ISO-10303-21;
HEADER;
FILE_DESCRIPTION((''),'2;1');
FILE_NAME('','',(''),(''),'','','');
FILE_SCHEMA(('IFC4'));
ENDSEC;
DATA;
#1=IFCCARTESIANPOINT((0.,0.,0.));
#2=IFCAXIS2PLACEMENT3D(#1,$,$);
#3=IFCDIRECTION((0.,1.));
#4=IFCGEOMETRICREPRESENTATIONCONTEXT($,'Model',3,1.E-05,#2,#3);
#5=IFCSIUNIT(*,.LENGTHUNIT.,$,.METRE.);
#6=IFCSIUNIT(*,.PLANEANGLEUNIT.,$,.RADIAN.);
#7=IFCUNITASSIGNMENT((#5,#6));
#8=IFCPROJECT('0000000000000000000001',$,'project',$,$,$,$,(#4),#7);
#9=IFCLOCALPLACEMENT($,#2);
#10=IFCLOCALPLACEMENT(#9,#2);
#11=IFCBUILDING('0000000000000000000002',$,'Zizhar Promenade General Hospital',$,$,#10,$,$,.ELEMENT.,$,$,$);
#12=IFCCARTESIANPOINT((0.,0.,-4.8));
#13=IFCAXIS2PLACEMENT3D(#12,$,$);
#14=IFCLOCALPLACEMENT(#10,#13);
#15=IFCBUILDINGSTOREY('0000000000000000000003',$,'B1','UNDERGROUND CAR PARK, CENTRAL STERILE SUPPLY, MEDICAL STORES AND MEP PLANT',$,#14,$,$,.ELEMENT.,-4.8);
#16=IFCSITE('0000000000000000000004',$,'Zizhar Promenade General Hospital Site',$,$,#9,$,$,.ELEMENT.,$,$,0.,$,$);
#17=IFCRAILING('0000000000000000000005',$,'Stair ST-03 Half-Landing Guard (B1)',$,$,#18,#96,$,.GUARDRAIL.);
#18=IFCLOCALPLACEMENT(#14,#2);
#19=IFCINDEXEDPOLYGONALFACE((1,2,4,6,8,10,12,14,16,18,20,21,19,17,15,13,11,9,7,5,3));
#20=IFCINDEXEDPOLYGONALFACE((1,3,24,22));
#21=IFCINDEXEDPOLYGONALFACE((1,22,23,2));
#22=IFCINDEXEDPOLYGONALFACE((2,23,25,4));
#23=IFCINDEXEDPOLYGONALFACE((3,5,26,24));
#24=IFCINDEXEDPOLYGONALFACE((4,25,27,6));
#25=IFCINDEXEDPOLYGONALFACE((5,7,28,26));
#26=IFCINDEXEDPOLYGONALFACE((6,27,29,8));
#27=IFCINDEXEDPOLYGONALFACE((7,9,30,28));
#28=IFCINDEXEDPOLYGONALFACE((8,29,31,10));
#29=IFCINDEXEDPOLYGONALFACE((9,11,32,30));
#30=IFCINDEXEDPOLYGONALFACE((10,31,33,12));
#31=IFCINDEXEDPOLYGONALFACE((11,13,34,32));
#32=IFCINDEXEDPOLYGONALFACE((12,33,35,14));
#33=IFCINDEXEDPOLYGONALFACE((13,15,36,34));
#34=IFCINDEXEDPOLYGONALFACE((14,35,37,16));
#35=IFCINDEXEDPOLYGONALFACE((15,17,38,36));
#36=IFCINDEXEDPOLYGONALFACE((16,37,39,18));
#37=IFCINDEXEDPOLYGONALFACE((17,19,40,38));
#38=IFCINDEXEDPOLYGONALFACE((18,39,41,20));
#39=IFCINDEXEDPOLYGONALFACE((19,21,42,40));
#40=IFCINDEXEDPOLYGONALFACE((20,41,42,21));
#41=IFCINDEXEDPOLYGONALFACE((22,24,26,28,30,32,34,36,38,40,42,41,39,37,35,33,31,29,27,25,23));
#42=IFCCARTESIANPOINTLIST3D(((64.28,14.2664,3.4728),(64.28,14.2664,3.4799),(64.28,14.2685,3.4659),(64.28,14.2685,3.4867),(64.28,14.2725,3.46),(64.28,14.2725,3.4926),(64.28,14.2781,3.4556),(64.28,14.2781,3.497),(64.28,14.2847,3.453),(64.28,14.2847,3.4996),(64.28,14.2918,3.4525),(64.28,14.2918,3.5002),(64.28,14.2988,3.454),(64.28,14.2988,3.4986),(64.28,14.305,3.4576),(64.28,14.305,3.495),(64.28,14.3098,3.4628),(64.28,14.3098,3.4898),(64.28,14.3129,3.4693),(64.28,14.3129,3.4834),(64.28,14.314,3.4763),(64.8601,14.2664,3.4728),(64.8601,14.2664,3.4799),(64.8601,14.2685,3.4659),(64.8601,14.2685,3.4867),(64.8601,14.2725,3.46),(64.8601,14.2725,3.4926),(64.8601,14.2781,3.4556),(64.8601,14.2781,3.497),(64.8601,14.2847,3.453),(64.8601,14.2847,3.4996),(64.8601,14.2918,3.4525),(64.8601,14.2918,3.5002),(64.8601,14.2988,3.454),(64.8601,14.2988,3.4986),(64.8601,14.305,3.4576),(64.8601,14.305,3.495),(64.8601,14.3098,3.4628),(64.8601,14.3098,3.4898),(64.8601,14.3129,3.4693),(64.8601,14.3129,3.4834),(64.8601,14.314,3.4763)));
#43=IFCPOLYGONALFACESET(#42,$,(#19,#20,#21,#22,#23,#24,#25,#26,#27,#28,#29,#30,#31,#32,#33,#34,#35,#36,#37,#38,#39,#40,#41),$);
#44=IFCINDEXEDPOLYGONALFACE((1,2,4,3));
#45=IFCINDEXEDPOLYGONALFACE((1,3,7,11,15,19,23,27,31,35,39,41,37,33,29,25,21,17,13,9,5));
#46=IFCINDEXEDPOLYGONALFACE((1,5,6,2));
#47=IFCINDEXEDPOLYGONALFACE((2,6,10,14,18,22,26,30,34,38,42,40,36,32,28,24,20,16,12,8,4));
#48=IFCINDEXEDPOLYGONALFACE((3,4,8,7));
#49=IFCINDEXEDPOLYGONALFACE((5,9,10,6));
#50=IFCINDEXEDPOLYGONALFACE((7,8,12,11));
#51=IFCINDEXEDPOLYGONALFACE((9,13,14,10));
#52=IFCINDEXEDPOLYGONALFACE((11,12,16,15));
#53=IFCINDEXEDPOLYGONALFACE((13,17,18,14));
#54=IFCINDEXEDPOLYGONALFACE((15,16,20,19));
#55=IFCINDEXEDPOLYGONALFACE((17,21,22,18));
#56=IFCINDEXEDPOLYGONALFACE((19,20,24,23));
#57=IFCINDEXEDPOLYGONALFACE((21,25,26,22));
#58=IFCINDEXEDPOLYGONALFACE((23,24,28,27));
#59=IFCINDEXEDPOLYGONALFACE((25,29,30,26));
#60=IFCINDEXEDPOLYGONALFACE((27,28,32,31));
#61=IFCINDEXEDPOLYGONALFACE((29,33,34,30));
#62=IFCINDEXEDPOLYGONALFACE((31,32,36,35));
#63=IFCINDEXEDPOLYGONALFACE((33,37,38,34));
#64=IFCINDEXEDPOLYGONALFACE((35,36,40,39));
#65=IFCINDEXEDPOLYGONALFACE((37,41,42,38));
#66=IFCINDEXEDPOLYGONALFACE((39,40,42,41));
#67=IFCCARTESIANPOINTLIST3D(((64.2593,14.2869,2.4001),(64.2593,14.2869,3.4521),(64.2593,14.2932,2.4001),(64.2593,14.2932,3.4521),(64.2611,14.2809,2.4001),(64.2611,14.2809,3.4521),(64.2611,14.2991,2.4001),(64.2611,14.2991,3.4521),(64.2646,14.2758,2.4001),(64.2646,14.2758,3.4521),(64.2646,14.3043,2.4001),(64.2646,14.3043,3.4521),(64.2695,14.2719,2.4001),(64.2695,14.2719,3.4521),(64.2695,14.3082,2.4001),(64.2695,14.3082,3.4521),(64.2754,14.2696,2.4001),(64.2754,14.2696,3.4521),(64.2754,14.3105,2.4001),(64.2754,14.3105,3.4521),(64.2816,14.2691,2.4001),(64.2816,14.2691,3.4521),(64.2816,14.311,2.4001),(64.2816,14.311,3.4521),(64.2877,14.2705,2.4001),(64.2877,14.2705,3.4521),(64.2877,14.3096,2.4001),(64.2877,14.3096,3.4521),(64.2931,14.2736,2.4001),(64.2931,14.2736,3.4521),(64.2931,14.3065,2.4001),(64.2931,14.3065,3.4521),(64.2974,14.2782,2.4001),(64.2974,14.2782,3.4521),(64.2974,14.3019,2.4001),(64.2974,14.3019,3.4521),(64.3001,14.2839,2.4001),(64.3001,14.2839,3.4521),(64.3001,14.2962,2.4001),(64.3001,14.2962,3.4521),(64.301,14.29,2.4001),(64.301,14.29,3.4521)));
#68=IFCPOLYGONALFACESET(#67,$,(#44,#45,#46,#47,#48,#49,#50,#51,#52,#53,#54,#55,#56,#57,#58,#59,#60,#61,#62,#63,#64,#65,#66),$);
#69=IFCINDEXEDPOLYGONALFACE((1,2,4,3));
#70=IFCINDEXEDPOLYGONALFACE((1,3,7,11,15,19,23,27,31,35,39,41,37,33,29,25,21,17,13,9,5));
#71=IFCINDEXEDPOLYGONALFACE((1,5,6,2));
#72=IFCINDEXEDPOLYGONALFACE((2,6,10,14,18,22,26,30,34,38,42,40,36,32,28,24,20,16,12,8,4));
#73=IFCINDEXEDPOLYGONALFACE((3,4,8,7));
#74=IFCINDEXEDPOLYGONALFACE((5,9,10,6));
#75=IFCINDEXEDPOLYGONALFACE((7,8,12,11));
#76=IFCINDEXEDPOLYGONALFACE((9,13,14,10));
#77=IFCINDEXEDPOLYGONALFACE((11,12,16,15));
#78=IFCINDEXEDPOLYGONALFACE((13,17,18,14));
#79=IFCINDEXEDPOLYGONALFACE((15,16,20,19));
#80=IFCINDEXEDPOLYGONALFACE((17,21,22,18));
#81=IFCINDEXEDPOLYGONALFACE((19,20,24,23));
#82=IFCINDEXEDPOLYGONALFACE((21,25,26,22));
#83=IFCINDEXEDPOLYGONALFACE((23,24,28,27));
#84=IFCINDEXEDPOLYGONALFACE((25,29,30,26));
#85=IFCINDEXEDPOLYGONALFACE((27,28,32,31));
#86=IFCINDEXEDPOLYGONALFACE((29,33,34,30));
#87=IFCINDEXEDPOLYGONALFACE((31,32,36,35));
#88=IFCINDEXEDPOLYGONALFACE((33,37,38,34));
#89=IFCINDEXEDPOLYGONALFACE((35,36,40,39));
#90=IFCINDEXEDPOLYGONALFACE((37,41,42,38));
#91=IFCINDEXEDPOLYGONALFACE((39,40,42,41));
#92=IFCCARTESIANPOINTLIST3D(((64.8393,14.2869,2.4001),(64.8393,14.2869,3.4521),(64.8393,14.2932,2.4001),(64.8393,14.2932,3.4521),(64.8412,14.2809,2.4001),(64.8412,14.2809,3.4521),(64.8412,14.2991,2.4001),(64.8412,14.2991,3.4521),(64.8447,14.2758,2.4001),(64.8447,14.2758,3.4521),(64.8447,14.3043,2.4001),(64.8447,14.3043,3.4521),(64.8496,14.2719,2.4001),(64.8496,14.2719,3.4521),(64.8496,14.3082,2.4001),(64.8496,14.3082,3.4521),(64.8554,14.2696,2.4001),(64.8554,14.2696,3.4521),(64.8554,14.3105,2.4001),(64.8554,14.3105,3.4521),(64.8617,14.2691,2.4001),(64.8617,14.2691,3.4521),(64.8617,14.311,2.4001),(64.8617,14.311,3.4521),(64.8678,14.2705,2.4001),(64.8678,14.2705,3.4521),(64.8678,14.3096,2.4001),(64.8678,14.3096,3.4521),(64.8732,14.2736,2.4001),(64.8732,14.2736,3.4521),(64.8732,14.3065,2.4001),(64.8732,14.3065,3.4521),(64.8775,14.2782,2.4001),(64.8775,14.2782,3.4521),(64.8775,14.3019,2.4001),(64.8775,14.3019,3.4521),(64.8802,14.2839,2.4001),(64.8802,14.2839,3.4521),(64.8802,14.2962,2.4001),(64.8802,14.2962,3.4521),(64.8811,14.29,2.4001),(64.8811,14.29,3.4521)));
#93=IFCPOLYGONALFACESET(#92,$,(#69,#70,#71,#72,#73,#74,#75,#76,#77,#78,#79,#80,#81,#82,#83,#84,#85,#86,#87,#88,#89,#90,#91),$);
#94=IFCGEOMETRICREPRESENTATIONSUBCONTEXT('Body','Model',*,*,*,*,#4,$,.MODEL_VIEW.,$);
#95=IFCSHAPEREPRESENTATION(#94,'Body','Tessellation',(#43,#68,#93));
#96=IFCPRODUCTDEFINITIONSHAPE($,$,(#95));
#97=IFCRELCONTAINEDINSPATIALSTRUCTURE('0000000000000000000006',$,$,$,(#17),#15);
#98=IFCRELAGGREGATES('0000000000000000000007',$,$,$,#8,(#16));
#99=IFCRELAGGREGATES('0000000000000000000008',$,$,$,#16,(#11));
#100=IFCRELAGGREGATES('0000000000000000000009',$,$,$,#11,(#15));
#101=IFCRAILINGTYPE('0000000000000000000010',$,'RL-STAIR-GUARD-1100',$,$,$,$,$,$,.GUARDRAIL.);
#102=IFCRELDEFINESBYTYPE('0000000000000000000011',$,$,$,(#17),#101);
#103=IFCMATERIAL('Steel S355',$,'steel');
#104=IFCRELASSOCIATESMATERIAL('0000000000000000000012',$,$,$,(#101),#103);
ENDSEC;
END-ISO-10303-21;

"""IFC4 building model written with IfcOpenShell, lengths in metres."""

from ifc_helpers import new_model, si_unit, direction, frame, origin, origin_2d, place, context, subcontext, project, spatial, circle, hollow_circle, extrude, material, material_profile, profile_set, type_object, element, save


model = new_model("IFC4")

# Units and contexts
model_context = context("Model", 3, precision=1e-05, world=origin(), true_north=direction((0.0, 1.0)))
body_context = subcontext(model_context, "Body", "Model", "MODEL_VIEW")
ifc_project = project(units=[si_unit("LENGTHUNIT", "METRE"), si_unit("PLANEANGLEUNIT", "RADIAN")], contexts=[model_context])

# Site, building, storey
site_placement = place(None, origin())
site = spatial("IfcSite", under=ifc_project, at=site_placement, Name="Zizhar Promenade General Hospital Site", CompositionType="ELEMENT", RefElevation=0.0)
building_placement = place(site_placement, origin())
building = spatial("IfcBuilding", under=site, at=building_placement, Name="Zizhar Promenade General Hospital", CompositionType="ELEMENT")
storey_placement = place(building_placement, frame((0.0, 0.0, -4.8)))
storey = spatial("IfcBuildingStorey", under=building, at=storey_placement, Name="B1", Description="UNDERGROUND CAR PARK, CENTRAL STERILE SUPPLY, MEDICAL STORES AND MEP PLANT", CompositionType="ELEMENT", Elevation=-4.8)

# Railing
ifc_material_1 = material(Name="Steel S355", Category="steel")
ifc_material_profile_1 = material_profile(ifc_material_1, hollow_circle(Radius=0.0698, WallThickness=0.0063, at=origin_2d()))
ifc_profile_set_1 = profile_set([ifc_material_profile_1], Name="Steel S355")
railing_type_1 = type_object("IfcRailingType", Name="RL-STAIR-GUARD-1100", PredefinedType="GUARDRAIL", material=ifc_profile_set_1)
railing_1_placement = place(storey_placement, frame((64.28, 14.29, 2.4001)))
element("IfcRailing", 1, at=railing_1_placement, inside=storey, type_object=railing_type_1, Name="Stair ST-03 Half-Landing Guard (B1)", PredefinedType="GUARDRAIL", context=body_context, shape_type="SweptSolid", body=[
    extrude(circle(Radius=0.0239, at=origin_2d()), frame((0.0, 0.0, 1.0762), z_axis=(1.0, 0.0, 0.0), x_axis=(0.0, 1.0, 0.0)), (0.0, 0.0, 1.0), 0.5801),
    extrude(circle(Radius=0.021, at=origin_2d()), origin(), (0.0, 0.0, 1.0), 1.052),
    extrude(circle(Radius=0.021, at=origin_2d()), frame((0.5801, 0.0, 0.0)), (0.0, 0.0, 1.0), 1.052),
])

save(model, "model.ifc")
